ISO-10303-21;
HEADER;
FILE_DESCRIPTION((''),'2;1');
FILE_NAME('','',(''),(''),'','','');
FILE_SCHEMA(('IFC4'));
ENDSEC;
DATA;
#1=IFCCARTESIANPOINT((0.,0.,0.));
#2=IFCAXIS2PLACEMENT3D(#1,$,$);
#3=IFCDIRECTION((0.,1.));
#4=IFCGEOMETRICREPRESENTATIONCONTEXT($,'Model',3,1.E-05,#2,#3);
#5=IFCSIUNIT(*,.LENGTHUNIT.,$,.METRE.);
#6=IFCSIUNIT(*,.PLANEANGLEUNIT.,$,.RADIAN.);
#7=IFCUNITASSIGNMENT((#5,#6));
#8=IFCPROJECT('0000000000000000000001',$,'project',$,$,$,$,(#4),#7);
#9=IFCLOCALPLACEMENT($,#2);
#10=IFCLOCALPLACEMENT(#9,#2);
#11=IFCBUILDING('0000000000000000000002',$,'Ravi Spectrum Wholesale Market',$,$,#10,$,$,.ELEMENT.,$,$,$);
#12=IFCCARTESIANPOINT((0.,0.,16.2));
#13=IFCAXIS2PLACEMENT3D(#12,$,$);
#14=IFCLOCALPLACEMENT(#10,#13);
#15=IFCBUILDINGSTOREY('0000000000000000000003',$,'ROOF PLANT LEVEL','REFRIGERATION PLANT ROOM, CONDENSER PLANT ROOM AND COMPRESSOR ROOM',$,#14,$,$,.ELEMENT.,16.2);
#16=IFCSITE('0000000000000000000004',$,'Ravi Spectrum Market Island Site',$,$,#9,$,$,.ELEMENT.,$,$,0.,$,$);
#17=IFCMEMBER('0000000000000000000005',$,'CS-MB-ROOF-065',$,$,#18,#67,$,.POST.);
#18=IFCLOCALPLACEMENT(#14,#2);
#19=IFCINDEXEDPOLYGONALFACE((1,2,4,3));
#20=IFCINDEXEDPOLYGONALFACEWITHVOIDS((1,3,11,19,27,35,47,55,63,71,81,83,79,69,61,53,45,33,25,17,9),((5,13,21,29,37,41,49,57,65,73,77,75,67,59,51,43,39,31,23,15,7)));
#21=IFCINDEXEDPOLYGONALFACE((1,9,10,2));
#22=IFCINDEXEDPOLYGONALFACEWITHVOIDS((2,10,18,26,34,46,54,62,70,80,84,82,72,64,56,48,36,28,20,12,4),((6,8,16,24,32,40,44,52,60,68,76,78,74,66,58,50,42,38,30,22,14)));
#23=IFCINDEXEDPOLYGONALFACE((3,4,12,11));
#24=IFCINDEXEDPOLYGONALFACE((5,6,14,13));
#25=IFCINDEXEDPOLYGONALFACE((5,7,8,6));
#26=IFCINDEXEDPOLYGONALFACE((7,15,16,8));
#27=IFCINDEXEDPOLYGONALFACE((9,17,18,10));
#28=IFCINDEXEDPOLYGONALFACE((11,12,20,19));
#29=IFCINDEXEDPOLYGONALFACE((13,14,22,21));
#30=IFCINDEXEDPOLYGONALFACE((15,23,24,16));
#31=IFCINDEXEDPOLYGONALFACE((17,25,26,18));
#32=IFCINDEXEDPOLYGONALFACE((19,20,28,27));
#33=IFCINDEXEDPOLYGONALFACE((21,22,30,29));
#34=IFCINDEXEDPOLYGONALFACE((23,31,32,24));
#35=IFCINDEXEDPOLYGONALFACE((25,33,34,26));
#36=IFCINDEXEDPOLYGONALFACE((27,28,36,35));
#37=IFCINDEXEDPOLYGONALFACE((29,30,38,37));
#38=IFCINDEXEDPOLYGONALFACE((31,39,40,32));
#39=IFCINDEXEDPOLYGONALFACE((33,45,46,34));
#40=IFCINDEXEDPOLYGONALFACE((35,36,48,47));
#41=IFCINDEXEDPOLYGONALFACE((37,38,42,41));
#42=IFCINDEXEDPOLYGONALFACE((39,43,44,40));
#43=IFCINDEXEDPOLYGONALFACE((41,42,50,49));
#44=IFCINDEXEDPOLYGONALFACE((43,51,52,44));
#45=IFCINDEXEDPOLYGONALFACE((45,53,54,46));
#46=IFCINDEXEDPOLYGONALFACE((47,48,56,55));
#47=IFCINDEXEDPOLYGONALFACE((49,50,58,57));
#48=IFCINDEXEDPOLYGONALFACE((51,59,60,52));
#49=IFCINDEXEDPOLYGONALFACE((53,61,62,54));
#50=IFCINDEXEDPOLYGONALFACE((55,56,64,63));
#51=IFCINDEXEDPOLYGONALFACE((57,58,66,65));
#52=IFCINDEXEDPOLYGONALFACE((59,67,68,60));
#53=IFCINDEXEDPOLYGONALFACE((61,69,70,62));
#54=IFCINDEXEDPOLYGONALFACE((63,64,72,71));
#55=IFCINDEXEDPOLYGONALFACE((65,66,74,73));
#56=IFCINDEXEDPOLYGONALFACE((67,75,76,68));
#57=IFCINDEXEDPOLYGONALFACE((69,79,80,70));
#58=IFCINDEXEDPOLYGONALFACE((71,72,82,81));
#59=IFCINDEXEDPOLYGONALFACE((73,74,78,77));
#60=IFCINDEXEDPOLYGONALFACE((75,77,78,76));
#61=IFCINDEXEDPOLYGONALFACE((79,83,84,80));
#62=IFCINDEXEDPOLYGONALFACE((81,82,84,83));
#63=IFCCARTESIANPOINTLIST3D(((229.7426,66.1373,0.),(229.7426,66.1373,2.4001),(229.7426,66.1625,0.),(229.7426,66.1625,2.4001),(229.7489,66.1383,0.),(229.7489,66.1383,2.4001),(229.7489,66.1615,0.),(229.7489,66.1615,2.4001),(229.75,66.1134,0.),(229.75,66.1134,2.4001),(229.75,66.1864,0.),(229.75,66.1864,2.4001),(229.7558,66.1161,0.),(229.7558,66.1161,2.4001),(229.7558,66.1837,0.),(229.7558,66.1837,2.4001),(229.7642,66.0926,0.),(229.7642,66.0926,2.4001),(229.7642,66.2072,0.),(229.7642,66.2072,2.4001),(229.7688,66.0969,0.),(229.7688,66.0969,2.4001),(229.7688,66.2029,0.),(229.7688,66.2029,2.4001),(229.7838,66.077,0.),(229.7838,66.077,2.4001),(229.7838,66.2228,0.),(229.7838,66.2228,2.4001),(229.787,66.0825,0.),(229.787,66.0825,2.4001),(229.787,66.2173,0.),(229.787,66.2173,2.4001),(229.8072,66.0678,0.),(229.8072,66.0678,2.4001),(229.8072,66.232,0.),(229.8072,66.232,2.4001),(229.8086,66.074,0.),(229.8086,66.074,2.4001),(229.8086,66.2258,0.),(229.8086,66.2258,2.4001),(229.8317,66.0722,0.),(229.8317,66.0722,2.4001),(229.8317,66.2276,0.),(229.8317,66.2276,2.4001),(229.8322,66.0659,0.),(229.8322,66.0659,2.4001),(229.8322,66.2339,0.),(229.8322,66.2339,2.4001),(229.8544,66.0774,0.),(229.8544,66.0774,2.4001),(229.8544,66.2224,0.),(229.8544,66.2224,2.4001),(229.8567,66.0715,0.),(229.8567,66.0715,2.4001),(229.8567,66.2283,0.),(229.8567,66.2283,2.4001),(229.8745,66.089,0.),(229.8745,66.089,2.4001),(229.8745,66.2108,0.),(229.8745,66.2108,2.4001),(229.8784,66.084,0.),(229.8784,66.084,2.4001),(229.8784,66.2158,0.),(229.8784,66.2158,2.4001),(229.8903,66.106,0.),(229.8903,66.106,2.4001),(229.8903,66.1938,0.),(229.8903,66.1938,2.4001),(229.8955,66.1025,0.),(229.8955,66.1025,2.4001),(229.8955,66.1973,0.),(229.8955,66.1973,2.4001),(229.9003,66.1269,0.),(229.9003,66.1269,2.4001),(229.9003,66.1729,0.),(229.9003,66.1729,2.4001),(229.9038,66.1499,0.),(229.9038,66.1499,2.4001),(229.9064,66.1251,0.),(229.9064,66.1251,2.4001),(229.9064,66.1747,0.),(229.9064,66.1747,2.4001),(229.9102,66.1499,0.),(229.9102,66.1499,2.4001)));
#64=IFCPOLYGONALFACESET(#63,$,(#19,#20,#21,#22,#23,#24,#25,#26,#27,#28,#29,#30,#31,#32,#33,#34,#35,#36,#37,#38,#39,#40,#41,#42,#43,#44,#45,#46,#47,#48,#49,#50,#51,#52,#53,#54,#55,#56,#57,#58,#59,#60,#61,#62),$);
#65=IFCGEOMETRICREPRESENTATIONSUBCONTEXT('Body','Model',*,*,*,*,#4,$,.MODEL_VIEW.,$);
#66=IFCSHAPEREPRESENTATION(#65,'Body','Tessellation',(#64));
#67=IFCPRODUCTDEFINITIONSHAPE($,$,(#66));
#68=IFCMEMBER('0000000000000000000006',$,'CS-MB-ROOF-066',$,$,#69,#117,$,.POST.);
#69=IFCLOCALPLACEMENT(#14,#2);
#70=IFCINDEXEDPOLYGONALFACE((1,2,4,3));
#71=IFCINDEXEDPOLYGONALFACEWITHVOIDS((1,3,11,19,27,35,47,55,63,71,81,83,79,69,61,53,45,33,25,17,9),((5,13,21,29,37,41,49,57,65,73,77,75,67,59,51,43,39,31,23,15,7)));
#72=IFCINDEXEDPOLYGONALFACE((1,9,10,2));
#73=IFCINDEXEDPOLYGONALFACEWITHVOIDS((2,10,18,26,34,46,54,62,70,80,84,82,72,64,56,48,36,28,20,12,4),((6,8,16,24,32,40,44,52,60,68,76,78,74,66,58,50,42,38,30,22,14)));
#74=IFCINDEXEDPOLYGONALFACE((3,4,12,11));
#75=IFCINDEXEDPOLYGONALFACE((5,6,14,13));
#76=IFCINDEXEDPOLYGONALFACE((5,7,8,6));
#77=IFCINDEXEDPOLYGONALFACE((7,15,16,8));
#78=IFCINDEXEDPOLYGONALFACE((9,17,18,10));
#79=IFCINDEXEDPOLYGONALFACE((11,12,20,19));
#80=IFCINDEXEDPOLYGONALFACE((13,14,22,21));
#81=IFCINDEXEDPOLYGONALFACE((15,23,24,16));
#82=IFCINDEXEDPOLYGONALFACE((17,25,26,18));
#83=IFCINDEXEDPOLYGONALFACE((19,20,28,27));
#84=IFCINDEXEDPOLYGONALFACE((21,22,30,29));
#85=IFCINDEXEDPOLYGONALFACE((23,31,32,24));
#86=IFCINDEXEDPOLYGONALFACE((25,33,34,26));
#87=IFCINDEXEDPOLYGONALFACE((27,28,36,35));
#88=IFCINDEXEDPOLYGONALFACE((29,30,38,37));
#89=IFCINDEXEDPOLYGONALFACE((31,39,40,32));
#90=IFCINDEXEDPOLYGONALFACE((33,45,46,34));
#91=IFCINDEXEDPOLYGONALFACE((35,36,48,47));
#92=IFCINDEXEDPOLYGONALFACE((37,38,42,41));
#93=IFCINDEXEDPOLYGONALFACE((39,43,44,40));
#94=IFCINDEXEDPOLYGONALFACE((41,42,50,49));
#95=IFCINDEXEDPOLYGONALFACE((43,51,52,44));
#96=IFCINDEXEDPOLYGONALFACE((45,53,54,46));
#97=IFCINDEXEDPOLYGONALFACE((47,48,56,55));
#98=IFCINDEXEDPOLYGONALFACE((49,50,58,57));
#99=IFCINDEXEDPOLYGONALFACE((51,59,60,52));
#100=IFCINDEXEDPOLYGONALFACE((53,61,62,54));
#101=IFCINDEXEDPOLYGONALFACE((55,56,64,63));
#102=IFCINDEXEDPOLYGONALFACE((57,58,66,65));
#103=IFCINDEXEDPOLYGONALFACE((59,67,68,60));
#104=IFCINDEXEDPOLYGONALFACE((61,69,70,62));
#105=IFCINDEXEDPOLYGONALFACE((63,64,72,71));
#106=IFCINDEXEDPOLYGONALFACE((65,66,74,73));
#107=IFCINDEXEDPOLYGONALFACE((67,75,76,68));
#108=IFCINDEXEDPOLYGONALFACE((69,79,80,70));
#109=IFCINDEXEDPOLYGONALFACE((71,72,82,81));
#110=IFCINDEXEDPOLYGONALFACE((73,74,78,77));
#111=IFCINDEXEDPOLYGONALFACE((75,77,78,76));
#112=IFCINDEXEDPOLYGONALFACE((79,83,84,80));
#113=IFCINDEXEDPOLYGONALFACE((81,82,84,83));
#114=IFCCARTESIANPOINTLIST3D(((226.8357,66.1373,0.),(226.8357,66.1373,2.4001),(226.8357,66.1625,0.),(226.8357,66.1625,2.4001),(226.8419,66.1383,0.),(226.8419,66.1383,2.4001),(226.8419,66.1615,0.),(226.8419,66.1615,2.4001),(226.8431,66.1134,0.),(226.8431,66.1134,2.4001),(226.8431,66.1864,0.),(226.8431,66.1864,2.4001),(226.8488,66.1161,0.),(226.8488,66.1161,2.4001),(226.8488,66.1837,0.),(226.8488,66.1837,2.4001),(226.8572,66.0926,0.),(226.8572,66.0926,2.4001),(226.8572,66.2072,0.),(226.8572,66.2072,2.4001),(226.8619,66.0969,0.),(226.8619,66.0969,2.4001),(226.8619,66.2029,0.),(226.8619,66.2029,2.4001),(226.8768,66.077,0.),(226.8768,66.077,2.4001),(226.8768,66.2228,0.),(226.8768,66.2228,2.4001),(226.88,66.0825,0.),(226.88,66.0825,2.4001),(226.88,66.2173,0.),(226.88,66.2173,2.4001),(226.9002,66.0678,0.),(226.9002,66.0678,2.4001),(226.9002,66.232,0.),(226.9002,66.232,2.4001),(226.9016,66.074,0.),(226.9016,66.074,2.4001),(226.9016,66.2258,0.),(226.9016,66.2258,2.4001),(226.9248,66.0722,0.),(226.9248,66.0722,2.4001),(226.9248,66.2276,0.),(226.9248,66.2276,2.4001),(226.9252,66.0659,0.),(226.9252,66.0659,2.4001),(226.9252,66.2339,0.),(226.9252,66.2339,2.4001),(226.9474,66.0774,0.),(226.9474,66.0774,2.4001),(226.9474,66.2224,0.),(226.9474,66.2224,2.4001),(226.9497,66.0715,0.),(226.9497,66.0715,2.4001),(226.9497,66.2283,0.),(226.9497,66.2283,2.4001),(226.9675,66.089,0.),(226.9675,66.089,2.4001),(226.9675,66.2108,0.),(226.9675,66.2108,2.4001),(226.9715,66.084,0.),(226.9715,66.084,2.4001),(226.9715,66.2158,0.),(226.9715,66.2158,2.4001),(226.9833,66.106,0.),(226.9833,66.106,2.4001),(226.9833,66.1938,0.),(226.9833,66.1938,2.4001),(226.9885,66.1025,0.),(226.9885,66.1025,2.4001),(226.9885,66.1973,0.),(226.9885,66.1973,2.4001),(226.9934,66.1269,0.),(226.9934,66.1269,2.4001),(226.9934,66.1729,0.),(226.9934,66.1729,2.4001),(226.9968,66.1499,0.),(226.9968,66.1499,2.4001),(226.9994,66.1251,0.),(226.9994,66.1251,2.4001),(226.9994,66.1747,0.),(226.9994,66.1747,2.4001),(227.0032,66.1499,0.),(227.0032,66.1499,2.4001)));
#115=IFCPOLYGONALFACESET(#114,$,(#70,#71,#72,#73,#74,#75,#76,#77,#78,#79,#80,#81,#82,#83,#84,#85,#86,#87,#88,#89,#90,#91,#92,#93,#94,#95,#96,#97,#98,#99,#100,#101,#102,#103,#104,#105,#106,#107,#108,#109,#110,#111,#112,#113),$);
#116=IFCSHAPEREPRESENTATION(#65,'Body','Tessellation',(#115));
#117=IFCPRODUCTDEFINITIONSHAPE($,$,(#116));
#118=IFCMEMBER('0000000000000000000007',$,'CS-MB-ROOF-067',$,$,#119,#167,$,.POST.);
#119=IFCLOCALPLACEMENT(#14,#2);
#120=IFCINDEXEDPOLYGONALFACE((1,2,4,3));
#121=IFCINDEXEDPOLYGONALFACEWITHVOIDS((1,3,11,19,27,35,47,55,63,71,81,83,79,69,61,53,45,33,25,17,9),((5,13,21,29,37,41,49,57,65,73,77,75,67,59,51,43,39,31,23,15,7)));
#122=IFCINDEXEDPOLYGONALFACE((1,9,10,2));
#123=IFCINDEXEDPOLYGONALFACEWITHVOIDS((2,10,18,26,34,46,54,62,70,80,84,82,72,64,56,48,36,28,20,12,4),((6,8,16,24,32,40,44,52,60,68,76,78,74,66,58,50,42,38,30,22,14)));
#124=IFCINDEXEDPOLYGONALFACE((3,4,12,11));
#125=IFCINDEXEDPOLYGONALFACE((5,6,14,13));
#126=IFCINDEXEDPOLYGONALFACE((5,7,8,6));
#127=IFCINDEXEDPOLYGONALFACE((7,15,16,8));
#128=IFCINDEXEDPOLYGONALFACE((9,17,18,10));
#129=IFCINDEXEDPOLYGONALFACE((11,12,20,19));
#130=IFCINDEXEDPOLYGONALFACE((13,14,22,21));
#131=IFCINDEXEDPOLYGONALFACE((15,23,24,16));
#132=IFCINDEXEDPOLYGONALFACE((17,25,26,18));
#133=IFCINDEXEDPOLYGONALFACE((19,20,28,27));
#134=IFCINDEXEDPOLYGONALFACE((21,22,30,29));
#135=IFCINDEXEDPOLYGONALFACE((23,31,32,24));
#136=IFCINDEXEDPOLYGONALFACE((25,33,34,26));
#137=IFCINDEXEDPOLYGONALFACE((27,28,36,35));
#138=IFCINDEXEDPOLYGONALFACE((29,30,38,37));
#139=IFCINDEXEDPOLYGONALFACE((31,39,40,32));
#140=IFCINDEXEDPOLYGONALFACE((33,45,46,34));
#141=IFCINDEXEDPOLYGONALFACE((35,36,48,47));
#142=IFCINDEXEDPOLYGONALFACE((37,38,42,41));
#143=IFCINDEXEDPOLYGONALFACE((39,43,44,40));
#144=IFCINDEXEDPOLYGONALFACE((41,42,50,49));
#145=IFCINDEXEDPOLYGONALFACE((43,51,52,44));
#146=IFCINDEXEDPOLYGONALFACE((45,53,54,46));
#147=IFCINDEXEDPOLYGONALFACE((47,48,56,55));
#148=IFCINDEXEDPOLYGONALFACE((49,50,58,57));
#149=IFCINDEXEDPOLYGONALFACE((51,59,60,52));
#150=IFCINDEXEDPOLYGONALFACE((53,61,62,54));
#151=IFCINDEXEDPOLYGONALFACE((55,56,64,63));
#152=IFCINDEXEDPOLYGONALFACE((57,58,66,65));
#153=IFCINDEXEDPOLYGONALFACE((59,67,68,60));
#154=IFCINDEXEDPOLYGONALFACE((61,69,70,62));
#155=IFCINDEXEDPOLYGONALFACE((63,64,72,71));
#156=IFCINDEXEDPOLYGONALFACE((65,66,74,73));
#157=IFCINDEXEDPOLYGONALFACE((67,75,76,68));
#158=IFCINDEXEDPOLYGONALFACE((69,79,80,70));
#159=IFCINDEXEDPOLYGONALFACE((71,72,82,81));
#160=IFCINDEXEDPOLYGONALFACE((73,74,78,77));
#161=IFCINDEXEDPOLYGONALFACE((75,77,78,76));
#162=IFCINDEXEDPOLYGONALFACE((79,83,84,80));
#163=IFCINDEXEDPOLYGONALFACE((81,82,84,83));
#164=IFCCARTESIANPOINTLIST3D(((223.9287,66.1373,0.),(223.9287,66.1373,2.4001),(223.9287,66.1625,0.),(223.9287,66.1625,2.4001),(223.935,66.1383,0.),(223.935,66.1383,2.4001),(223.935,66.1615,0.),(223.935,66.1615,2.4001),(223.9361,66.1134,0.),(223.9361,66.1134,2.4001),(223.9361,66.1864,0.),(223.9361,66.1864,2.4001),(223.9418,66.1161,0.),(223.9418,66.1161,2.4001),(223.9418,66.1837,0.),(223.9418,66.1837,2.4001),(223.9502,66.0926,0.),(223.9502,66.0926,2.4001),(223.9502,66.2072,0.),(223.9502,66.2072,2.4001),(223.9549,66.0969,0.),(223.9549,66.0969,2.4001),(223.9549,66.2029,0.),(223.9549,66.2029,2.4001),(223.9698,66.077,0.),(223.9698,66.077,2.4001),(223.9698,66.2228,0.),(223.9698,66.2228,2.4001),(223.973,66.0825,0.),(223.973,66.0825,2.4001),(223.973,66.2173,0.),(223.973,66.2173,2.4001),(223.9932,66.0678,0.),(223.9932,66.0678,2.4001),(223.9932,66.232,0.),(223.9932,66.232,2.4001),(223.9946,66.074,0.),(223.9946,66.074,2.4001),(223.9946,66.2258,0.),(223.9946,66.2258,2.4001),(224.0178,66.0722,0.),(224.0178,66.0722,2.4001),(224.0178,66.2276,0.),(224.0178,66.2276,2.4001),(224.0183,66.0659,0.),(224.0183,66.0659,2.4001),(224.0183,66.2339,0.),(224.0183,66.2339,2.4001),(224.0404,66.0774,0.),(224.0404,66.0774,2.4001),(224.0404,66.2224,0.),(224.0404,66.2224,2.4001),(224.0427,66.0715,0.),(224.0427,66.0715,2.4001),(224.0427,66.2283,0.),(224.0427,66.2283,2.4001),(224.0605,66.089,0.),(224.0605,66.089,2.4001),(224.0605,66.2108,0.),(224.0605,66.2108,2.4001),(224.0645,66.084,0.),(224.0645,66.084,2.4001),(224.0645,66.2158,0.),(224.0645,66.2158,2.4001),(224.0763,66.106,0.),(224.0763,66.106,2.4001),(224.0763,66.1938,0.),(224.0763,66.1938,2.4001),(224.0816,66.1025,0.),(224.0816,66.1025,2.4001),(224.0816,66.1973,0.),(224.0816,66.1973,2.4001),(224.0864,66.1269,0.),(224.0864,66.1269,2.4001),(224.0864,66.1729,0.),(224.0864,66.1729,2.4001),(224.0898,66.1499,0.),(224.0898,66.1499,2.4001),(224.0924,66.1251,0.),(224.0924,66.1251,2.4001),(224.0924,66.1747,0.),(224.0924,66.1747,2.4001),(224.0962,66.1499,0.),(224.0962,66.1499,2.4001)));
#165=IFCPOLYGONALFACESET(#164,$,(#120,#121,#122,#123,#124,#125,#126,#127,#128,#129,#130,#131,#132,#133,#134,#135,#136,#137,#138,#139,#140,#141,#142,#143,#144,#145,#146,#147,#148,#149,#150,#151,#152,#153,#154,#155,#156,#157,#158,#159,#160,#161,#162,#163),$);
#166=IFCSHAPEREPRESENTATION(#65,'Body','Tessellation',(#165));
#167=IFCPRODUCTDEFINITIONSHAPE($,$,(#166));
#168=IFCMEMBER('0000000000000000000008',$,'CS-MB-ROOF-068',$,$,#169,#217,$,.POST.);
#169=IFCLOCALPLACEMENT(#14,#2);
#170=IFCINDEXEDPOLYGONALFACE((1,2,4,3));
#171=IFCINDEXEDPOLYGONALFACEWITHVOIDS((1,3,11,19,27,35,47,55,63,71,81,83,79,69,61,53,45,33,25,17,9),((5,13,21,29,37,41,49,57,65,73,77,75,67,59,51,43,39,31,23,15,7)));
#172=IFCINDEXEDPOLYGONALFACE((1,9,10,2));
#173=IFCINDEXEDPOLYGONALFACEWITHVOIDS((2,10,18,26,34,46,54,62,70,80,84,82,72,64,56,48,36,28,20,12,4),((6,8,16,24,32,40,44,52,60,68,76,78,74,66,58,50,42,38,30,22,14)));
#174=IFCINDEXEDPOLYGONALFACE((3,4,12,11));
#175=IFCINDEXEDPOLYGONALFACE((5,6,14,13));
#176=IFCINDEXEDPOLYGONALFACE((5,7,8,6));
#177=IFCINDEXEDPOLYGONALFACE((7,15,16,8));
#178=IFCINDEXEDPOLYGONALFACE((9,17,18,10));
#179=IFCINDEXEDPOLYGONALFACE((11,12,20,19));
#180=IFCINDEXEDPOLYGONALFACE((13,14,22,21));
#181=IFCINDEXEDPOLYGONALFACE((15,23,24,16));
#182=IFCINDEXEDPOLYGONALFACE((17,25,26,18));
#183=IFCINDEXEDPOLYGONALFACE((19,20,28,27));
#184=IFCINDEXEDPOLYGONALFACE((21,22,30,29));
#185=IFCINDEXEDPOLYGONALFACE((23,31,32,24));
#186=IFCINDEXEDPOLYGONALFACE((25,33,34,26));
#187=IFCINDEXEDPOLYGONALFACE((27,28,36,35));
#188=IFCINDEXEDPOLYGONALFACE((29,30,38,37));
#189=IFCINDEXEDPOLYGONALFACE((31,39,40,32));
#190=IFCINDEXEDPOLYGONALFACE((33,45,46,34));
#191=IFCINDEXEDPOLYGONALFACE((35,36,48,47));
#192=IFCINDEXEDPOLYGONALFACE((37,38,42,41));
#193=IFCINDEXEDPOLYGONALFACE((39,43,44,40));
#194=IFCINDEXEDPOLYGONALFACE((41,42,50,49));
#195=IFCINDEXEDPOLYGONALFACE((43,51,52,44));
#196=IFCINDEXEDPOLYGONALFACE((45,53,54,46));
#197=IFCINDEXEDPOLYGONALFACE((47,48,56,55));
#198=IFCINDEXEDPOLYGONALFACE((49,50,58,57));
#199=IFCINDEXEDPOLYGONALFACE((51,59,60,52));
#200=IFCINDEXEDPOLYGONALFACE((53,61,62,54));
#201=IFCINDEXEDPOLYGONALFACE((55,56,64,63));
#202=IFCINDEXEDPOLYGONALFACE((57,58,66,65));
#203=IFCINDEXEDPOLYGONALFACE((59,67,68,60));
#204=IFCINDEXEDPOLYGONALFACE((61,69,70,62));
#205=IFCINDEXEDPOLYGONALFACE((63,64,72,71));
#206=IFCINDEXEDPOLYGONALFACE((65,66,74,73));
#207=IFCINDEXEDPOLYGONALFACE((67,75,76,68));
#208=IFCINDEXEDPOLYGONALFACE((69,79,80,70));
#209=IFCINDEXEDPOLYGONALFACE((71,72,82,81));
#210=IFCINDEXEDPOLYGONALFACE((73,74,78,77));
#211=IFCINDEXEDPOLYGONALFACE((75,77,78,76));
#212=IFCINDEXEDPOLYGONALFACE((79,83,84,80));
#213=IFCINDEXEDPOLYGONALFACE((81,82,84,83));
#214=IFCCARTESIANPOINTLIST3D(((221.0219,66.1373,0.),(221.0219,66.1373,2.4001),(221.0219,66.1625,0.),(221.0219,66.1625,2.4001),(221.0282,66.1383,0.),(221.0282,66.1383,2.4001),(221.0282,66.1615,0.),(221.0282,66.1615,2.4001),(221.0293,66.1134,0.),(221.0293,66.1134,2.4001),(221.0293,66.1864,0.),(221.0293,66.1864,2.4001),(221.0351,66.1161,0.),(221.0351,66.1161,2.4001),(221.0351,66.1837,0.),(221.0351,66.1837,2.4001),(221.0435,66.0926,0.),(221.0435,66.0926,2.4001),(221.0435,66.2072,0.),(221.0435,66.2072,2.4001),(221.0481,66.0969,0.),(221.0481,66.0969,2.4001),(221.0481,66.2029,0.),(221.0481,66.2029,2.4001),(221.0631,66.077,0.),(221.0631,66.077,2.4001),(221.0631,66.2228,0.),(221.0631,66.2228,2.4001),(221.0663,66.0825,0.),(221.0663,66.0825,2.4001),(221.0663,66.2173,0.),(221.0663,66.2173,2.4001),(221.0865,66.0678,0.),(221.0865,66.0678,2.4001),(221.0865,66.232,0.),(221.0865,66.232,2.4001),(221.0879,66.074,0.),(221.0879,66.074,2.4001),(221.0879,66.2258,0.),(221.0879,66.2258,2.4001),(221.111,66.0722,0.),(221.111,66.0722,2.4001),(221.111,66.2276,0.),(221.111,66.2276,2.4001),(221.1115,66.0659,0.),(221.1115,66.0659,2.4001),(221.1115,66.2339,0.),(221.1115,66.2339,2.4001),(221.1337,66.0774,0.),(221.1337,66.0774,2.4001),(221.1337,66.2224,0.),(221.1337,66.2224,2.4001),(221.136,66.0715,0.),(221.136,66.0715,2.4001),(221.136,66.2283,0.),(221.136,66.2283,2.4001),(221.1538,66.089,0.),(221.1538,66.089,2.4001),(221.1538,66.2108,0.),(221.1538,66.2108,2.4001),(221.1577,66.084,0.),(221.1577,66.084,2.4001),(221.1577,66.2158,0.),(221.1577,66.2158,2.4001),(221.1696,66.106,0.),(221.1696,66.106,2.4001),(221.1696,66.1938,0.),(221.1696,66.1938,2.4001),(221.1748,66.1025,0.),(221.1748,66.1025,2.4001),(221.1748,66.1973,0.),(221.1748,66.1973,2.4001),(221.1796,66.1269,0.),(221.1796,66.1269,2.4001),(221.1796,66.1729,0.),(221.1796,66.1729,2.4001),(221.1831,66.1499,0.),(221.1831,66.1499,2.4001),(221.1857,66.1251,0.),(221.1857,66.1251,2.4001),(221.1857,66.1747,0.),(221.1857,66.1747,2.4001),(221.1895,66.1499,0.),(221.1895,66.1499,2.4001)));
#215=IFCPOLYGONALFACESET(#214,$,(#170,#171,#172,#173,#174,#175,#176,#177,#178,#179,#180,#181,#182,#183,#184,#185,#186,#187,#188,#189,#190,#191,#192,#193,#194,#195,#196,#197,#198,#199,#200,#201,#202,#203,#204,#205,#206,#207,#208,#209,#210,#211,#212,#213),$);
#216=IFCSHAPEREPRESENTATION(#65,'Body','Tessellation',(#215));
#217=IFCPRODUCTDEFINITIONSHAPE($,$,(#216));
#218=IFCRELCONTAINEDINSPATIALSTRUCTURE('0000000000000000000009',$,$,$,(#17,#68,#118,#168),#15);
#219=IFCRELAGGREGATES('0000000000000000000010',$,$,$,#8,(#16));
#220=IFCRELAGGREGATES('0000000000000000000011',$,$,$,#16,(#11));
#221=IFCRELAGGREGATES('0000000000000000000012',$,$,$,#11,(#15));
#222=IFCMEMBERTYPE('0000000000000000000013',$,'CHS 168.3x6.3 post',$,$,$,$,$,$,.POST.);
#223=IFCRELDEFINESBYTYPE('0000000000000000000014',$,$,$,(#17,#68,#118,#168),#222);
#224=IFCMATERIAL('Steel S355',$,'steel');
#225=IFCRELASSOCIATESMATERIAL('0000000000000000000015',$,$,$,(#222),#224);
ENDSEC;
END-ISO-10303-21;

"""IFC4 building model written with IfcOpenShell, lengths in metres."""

from ifc_helpers import new_model, si_unit, direction, frame, origin, origin_2d, place, context, subcontext, project, spatial, hollow_circle, extrude, material, material_profile, profile_set, type_object, element, save


model = new_model("IFC4")

# Units and contexts
model_context = context("Model", 3, precision=1e-05, world=origin(), true_north=direction((0.0, 1.0)))
body_context = subcontext(model_context, "Body", "Model", "MODEL_VIEW")
ifc_project = project(units=[si_unit("LENGTHUNIT", "METRE"), si_unit("PLANEANGLEUNIT", "RADIAN")], contexts=[model_context])

# Site, building, storey
site_placement = place(None, origin())
site = spatial("IfcSite", under=ifc_project, at=site_placement, Name="Ravi Spectrum Market Island Site", CompositionType="ELEMENT", RefElevation=0.0)
building_placement = place(site_placement, origin())
building = spatial("IfcBuilding", under=site, at=building_placement, Name="Ravi Spectrum Wholesale Market", CompositionType="ELEMENT")
storey_placement = place(building_placement, frame((0.0, 0.0, 16.2)))
storey = spatial("IfcBuildingStorey", under=building, at=storey_placement, Name="ROOF PLANT LEVEL", Description="REFRIGERATION PLANT ROOM, CONDENSER PLANT ROOM AND COMPRESSOR ROOM", CompositionType="ELEMENT", Elevation=16.2)

# Members
ifc_material_1 = material(Name="Steel S355", Category="steel")
ifc_material_profile_1 = material_profile(ifc_material_1, hollow_circle(Radius=0.0842, WallThickness=0.0063, at=origin_2d()))
ifc_profile_set_1 = profile_set([ifc_material_profile_1], Name="Steel S355")
member_type_1 = type_object("IfcMemberType", Name="CHS 168.3x6.3 post", PredefinedType="POST", material=ifc_profile_set_1)
for number, where, z_axis, x_axis, name in (
    (1, (229.8259, 66.1499, 0.0), (0.0, 0.0, 1.0), (1.0, 0.0, 0.0), "CS-MB-ROOF-065"),
    (2, (226.9189, 66.1499, 0.0), (0.0, 0.0, 1.0), (1.0, 0.0, 0.0), "CS-MB-ROOF-066"),
    (3, (224.012, 66.1499, 0.0), (0.0, 0.0, 1.0), (1.0, 0.0, 0.0), "CS-MB-ROOF-067"),
    (4, (221.1052, 66.1499, 0.0), (0.0, 0.0, 1.0), (1.0, 0.0, 0.0), "CS-MB-ROOF-068"),
):
    element("IfcMember", number, at=place(storey_placement, frame(where, z_axis=z_axis, x_axis=x_axis)), inside=storey, type_object=member_type_1, Name=name, PredefinedType="POST", context=body_context, shape_type="SweptSolid", body=[
        extrude(hollow_circle(Radius=0.0842, WallThickness=0.0063, at=origin_2d()), origin(), (0.0, 0.0, 1.0), 2.4001),
    ])

save(model, "model.ifc")
